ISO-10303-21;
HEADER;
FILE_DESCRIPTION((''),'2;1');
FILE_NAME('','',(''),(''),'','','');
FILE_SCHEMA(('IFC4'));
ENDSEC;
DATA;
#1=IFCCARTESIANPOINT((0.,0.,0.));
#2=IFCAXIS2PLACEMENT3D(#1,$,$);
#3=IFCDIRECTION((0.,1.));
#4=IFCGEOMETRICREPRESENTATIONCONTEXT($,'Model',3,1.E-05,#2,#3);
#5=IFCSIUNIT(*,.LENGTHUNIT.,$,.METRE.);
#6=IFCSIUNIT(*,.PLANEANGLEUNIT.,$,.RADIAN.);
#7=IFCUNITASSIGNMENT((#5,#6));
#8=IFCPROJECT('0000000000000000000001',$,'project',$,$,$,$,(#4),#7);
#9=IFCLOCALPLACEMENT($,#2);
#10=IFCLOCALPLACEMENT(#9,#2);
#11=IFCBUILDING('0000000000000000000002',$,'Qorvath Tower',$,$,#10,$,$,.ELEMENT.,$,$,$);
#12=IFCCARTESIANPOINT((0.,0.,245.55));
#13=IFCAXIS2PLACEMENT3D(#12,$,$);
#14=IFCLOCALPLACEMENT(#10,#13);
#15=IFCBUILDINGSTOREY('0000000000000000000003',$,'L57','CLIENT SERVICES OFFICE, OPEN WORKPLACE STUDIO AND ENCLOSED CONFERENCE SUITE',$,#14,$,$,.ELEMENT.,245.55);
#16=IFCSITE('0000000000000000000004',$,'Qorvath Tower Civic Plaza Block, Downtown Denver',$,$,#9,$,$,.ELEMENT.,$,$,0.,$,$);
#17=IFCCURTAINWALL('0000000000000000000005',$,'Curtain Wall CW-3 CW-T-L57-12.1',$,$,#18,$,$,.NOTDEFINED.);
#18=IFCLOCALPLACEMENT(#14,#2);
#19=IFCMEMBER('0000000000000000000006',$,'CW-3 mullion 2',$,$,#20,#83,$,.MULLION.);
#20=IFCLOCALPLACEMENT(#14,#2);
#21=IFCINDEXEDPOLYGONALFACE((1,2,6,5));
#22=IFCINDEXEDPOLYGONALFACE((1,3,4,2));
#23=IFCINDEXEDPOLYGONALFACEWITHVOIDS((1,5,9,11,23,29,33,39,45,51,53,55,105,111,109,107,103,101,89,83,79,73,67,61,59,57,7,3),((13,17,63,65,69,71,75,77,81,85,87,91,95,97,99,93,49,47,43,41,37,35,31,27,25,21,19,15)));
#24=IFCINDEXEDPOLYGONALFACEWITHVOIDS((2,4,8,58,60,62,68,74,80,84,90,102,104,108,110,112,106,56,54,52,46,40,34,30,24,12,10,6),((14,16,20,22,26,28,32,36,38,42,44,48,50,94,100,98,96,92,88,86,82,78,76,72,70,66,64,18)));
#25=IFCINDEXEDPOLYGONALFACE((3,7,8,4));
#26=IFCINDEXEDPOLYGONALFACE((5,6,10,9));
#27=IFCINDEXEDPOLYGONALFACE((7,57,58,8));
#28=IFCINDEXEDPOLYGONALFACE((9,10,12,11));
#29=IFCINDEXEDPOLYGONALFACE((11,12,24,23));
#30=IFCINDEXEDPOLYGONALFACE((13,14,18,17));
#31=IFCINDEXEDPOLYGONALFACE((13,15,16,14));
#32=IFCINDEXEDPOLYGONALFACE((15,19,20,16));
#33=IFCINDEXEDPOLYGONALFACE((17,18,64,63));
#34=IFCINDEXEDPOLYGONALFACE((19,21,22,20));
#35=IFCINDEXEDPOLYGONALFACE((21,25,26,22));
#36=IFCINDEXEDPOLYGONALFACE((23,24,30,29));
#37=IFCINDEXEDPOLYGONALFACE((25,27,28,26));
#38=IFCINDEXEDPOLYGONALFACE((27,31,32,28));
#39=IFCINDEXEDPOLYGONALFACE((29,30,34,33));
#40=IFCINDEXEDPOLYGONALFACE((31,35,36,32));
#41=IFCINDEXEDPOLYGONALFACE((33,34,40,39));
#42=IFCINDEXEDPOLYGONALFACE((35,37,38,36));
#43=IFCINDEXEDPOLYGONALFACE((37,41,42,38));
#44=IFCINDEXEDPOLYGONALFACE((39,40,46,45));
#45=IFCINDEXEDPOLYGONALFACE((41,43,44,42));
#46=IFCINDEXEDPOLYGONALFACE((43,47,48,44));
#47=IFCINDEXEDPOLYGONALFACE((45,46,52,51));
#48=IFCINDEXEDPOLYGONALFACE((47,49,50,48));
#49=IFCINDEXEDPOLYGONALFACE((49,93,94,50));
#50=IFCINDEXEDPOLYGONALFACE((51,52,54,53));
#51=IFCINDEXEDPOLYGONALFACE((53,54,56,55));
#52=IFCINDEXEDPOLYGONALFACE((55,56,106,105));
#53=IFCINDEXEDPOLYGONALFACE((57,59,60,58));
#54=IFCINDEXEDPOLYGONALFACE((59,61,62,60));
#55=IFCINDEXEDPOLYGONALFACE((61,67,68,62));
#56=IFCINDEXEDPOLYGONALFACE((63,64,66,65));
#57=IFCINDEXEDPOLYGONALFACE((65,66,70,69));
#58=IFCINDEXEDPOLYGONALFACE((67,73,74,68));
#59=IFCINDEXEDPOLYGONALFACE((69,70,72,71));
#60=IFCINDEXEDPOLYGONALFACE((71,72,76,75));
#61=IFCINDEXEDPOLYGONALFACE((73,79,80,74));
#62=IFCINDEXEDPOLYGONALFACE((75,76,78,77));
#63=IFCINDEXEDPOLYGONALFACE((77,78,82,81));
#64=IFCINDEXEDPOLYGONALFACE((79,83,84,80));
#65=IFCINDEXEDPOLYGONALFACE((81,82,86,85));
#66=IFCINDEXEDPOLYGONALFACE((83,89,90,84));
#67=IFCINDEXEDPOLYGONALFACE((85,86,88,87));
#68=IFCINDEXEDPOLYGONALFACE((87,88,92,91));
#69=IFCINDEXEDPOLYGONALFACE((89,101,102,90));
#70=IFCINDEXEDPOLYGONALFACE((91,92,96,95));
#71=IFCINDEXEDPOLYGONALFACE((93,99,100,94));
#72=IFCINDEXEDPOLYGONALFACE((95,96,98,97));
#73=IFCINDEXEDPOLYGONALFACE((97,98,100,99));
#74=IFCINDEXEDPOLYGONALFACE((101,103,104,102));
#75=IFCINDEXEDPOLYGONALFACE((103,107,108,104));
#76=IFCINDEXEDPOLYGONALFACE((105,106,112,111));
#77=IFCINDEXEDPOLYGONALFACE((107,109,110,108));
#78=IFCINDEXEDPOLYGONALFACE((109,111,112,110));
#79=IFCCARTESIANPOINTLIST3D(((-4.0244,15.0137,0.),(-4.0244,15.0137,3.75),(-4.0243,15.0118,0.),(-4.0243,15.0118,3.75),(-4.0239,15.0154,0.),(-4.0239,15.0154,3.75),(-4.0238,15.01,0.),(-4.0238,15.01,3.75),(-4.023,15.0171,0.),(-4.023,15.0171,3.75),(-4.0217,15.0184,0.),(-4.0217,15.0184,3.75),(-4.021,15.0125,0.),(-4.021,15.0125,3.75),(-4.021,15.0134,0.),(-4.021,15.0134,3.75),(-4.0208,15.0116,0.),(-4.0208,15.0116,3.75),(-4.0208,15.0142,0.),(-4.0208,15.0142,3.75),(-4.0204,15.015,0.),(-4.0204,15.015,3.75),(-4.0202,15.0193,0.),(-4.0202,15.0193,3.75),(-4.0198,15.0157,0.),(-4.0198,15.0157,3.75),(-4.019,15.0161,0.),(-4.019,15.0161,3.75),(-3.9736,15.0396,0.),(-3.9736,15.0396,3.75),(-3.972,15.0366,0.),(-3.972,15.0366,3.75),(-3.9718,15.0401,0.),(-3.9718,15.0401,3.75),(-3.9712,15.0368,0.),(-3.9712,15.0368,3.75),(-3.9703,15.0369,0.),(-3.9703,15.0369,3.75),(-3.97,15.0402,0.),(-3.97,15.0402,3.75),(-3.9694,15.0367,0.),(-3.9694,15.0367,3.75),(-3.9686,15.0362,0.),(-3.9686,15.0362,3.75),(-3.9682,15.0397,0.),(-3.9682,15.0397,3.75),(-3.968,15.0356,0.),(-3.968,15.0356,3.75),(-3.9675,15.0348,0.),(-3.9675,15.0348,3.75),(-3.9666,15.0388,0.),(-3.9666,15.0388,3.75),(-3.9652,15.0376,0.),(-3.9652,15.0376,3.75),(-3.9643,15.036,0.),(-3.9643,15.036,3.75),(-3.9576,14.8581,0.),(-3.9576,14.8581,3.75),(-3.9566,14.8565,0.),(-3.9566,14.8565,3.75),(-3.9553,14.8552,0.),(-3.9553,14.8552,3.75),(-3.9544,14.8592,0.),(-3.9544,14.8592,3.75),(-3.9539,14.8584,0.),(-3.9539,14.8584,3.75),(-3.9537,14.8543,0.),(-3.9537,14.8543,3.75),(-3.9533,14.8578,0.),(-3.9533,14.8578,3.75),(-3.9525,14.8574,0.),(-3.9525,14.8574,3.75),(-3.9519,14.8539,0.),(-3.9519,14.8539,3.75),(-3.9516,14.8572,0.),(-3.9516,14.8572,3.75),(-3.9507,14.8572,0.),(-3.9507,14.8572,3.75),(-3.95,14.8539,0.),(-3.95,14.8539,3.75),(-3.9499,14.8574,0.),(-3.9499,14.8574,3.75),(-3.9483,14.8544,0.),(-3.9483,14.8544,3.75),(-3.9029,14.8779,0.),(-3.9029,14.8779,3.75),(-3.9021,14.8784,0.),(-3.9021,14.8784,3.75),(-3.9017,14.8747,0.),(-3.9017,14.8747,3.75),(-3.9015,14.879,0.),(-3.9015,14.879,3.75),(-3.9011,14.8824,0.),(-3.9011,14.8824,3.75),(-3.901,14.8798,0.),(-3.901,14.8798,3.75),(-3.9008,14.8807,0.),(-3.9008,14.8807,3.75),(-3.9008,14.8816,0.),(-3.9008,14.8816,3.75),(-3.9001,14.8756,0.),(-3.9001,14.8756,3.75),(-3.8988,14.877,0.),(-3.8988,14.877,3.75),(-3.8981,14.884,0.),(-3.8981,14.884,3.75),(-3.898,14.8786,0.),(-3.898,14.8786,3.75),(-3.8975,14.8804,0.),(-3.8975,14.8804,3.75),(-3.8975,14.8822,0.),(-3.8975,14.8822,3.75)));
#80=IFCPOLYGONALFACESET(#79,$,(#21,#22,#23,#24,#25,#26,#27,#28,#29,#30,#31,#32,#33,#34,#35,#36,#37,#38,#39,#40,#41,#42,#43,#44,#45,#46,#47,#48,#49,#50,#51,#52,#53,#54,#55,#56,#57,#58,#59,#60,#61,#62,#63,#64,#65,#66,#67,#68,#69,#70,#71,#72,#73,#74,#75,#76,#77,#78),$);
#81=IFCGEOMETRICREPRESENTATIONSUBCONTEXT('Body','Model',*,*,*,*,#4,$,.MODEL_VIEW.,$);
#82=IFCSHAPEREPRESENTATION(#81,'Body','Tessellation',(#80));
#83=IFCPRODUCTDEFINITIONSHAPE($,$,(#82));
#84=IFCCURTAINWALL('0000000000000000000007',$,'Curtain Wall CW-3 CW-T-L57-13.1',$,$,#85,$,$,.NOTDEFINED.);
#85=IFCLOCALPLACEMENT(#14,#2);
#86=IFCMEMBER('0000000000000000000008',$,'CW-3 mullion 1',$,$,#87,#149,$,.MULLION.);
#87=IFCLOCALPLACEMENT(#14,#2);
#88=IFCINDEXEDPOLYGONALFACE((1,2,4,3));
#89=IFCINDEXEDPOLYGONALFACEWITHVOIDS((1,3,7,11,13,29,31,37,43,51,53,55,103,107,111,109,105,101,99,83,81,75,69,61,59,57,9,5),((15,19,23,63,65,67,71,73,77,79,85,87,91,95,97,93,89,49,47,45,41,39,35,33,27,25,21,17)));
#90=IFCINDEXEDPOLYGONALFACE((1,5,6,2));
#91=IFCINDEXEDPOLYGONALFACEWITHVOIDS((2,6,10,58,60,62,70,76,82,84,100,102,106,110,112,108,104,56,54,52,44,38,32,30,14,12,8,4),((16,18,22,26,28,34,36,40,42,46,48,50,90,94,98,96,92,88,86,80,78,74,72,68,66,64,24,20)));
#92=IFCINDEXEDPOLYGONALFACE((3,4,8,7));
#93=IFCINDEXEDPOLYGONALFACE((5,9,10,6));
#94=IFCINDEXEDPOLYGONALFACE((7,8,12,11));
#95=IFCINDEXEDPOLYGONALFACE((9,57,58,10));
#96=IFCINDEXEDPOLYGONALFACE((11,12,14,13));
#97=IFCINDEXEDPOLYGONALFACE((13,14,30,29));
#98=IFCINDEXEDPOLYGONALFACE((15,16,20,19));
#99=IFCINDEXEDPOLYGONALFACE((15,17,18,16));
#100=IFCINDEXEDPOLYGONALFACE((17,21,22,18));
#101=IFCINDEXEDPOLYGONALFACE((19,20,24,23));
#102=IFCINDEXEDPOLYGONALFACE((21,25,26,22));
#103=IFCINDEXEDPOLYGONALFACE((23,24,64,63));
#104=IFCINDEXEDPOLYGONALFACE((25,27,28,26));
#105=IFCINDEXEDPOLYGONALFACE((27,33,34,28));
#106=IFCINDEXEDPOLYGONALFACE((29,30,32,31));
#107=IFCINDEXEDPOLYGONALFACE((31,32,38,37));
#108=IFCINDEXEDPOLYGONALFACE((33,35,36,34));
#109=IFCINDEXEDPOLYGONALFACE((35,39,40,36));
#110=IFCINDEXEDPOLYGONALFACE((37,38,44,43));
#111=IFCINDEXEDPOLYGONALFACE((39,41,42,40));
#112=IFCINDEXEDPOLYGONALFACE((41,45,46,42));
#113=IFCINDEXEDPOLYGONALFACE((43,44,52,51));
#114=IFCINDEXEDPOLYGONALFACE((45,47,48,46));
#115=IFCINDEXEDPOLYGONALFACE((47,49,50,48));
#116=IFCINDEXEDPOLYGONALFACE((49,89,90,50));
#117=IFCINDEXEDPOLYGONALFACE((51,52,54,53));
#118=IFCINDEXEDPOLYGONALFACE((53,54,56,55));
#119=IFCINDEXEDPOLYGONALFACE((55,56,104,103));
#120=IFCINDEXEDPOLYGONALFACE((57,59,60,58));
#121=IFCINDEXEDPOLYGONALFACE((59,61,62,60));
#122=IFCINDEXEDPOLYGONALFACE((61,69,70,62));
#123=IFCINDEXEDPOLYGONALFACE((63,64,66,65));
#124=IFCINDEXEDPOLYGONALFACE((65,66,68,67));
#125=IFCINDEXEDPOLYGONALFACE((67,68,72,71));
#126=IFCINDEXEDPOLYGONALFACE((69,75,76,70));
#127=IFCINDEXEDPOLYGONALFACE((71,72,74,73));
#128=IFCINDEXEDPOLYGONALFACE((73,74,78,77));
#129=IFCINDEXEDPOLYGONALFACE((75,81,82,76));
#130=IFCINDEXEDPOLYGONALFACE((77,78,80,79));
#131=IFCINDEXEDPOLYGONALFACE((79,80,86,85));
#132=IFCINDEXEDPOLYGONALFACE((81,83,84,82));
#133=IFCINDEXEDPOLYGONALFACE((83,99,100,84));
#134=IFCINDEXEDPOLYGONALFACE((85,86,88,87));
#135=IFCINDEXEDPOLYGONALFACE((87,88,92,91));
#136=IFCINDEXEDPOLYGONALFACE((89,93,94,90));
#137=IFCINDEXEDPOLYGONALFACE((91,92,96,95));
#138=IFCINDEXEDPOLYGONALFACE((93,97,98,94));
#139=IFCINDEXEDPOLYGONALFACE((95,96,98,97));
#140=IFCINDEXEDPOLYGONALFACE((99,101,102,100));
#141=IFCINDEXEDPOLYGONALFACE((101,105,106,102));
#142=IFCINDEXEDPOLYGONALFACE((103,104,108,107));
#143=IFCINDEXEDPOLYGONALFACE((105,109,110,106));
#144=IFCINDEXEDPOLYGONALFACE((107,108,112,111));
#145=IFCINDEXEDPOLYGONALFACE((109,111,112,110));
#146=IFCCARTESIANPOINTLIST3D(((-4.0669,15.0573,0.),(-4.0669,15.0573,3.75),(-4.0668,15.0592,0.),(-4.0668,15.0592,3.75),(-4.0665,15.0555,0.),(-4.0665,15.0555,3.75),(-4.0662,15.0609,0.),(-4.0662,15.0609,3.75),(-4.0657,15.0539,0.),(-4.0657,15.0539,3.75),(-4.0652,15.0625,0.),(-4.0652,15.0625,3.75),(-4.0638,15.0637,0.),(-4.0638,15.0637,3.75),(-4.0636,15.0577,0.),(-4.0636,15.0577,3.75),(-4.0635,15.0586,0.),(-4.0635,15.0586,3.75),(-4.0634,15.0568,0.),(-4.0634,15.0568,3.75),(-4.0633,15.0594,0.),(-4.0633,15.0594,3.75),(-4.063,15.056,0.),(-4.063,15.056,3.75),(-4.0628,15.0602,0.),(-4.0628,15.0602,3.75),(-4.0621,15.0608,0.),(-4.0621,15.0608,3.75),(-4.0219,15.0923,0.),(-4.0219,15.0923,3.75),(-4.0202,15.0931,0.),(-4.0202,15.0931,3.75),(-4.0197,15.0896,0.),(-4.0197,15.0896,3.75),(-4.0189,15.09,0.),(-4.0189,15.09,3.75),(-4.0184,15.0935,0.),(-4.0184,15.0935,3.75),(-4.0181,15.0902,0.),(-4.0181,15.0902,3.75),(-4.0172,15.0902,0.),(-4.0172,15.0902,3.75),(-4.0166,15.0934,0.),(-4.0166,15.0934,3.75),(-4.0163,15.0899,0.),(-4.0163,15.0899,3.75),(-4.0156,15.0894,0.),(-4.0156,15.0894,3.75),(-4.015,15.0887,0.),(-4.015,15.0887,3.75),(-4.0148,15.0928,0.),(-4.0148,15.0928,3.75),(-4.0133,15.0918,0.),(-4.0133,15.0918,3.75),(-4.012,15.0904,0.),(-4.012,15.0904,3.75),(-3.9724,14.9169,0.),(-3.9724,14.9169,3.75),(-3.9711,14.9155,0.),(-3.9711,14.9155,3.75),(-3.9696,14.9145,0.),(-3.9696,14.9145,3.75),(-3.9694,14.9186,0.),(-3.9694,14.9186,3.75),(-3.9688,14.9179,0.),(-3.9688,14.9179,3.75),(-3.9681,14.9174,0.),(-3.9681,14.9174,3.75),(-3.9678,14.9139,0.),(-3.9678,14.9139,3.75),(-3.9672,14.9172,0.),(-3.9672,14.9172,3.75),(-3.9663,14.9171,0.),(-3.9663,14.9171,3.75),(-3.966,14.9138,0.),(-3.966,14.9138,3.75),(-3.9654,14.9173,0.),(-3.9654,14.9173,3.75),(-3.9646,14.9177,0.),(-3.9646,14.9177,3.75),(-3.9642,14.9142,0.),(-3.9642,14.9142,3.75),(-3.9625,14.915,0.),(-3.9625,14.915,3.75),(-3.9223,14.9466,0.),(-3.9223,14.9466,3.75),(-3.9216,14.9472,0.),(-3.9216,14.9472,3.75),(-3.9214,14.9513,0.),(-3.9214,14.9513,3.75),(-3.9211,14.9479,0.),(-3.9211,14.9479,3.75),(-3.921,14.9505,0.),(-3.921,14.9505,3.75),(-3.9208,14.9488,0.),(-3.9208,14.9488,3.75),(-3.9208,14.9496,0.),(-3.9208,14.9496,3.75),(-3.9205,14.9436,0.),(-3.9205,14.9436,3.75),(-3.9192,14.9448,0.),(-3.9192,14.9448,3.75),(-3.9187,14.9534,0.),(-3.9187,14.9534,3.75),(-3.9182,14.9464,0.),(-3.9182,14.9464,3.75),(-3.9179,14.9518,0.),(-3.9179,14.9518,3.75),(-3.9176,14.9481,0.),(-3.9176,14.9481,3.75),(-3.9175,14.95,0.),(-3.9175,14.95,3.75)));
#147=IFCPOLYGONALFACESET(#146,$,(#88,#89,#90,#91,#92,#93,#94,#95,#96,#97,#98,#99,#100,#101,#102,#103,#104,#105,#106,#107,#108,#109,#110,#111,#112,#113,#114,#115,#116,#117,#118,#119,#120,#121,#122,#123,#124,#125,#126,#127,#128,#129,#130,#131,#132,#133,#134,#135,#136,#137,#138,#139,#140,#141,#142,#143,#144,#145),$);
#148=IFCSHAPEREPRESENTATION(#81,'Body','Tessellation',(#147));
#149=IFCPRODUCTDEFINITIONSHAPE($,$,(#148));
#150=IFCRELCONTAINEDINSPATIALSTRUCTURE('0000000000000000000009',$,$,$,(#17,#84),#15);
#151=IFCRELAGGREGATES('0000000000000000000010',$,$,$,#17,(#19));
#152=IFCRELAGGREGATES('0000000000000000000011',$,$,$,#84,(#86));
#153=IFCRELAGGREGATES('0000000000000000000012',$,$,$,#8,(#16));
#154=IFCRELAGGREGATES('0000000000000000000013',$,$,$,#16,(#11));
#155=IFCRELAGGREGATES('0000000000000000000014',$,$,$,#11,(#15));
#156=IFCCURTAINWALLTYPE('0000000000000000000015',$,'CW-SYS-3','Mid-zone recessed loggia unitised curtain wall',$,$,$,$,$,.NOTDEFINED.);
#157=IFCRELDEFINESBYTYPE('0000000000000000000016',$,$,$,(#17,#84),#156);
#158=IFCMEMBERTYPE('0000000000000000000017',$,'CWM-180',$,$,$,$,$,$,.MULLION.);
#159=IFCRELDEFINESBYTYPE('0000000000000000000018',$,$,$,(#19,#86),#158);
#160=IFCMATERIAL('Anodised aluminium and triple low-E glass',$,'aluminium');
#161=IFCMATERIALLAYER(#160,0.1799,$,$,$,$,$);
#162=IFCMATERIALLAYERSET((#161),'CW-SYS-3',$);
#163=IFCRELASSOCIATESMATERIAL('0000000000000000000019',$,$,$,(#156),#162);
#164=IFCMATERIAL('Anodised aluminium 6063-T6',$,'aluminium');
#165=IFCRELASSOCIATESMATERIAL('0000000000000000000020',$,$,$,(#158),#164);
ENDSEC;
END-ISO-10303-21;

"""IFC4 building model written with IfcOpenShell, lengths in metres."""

from ifc_helpers import new_model, si_unit, direction, frame, origin, origin_2d, place, context, subcontext, project, spatial, hollow_rectangle, extrude, material, layer, layer_set, material_profile, profile_set, type_object, element, aggregate, save


model = new_model("IFC4")

# Units and contexts
model_context = context("Model", 3, precision=1e-05, world=origin(), true_north=direction((0.0, 1.0)))
body_context = subcontext(model_context, "Body", "Model", "MODEL_VIEW")
ifc_project = project(units=[si_unit("LENGTHUNIT", "METRE"), si_unit("PLANEANGLEUNIT", "RADIAN")], contexts=[model_context])

# Site, building, storey
site_placement = place(None, origin())
site = spatial("IfcSite", under=ifc_project, at=site_placement, Name="Qorvath Tower Civic Plaza Block, Downtown Denver", CompositionType="ELEMENT", RefElevation=0.0)
building_placement = place(site_placement, origin())
building = spatial("IfcBuilding", under=site, at=building_placement, Name="Qorvath Tower", CompositionType="ELEMENT")
storey_placement = place(building_placement, frame((0.0, 0.0, 245.55)))
storey = spatial("IfcBuildingStorey", under=building, at=storey_placement, Name="L57", Description="CLIENT SERVICES OFFICE, OPEN WORKPLACE STUDIO AND ENCLOSED CONFERENCE SUITE", CompositionType="ELEMENT", Elevation=245.55)

# Shared definitions
ifc_material_1 = material(Name="Anodised aluminium and triple low-E glass", Category="aluminium")
ifc_layer_1 = layer(ifc_material_1, 0.1799)
ifc_layer_set_1 = layer_set([ifc_layer_1], Name="CW-SYS-3")
curtain_wall_type = type_object("IfcCurtainWallType", Name="CW-SYS-3", Description="Mid-zone recessed loggia unitised curtain wall", PredefinedType="NOTDEFINED", material=ifc_layer_set_1)
ifc_material_2 = material(Name="Anodised aluminium 6063-T6", Category="aluminium")
ifc_material_profile_1 = material_profile(ifc_material_2, hollow_rectangle(XDim=0.0649, YDim=0.1799, WallThickness=0.0034, InnerFilletRadius=0.0034, OuterFilletRadius=0.0071, at=origin_2d()), Name="CWM 180x65")
ifc_profile_set_1 = profile_set([ifc_material_profile_1], Name="Anodised aluminium 6063-T6")
member_type_1 = type_object("IfcMemberType", Name="CWM-180", PredefinedType="MULLION", material=ifc_profile_set_1)

# Curtain walls, members
curtain_wall_1_placement = place(storey_placement, origin())
curtain_wall_1 = element("IfcCurtainWall", 1, at=curtain_wall_1_placement, inside=storey, type_object=curtain_wall_type, Name="Curtain Wall CW-3 CW-T-L57-12.1", PredefinedType="NOTDEFINED")
member_1_placement = place(storey_placement, frame((-3.9609, 14.947, 0.0), z_axis=(0.0, 0.0, 1.0), x_axis=(-0.9167, -0.399576, 0.0)))
member_1 = element("IfcMember", 2, at=member_1_placement, type_object=member_type_1, Name="CW-3 mullion 2", PredefinedType="MULLION", context=body_context, shape_type="SweptSolid", body=[
    extrude(hollow_rectangle(XDim=0.0649, YDim=0.1799, WallThickness=0.0034, InnerFilletRadius=0.0034, OuterFilletRadius=0.0071, at=origin_2d()), origin(), (0.0, 0.0, 1.0), 3.75),
])
curtain_wall_2_placement = place(storey_placement, origin())
curtain_wall_2 = element("IfcCurtainWall", 3, at=curtain_wall_2_placement, inside=storey, type_object=curtain_wall_type, Name="Curtain Wall CW-3 CW-T-L57-13.1", PredefinedType="NOTDEFINED")
member_2_placement = place(storey_placement, frame((-3.9922, 15.0037, 0.0), z_axis=(0.0, 0.0, 1.0), x_axis=(-0.826431, -0.563037, 0.0)))
member_2 = element("IfcMember", 4, at=member_2_placement, type_object=member_type_1, Name="CW-3 mullion 1", PredefinedType="MULLION", context=body_context, shape_type="SweptSolid", body=[
    extrude(hollow_rectangle(XDim=0.0649, YDim=0.1799, WallThickness=0.0034, InnerFilletRadius=0.0034, OuterFilletRadius=0.0071, at=origin_2d()), origin(), (0.0, 0.0, 1.0), 3.75),
])

aggregate(curtain_wall_1, [member_1])
aggregate(curtain_wall_2, [member_2])

save(model, "model.ifc")
